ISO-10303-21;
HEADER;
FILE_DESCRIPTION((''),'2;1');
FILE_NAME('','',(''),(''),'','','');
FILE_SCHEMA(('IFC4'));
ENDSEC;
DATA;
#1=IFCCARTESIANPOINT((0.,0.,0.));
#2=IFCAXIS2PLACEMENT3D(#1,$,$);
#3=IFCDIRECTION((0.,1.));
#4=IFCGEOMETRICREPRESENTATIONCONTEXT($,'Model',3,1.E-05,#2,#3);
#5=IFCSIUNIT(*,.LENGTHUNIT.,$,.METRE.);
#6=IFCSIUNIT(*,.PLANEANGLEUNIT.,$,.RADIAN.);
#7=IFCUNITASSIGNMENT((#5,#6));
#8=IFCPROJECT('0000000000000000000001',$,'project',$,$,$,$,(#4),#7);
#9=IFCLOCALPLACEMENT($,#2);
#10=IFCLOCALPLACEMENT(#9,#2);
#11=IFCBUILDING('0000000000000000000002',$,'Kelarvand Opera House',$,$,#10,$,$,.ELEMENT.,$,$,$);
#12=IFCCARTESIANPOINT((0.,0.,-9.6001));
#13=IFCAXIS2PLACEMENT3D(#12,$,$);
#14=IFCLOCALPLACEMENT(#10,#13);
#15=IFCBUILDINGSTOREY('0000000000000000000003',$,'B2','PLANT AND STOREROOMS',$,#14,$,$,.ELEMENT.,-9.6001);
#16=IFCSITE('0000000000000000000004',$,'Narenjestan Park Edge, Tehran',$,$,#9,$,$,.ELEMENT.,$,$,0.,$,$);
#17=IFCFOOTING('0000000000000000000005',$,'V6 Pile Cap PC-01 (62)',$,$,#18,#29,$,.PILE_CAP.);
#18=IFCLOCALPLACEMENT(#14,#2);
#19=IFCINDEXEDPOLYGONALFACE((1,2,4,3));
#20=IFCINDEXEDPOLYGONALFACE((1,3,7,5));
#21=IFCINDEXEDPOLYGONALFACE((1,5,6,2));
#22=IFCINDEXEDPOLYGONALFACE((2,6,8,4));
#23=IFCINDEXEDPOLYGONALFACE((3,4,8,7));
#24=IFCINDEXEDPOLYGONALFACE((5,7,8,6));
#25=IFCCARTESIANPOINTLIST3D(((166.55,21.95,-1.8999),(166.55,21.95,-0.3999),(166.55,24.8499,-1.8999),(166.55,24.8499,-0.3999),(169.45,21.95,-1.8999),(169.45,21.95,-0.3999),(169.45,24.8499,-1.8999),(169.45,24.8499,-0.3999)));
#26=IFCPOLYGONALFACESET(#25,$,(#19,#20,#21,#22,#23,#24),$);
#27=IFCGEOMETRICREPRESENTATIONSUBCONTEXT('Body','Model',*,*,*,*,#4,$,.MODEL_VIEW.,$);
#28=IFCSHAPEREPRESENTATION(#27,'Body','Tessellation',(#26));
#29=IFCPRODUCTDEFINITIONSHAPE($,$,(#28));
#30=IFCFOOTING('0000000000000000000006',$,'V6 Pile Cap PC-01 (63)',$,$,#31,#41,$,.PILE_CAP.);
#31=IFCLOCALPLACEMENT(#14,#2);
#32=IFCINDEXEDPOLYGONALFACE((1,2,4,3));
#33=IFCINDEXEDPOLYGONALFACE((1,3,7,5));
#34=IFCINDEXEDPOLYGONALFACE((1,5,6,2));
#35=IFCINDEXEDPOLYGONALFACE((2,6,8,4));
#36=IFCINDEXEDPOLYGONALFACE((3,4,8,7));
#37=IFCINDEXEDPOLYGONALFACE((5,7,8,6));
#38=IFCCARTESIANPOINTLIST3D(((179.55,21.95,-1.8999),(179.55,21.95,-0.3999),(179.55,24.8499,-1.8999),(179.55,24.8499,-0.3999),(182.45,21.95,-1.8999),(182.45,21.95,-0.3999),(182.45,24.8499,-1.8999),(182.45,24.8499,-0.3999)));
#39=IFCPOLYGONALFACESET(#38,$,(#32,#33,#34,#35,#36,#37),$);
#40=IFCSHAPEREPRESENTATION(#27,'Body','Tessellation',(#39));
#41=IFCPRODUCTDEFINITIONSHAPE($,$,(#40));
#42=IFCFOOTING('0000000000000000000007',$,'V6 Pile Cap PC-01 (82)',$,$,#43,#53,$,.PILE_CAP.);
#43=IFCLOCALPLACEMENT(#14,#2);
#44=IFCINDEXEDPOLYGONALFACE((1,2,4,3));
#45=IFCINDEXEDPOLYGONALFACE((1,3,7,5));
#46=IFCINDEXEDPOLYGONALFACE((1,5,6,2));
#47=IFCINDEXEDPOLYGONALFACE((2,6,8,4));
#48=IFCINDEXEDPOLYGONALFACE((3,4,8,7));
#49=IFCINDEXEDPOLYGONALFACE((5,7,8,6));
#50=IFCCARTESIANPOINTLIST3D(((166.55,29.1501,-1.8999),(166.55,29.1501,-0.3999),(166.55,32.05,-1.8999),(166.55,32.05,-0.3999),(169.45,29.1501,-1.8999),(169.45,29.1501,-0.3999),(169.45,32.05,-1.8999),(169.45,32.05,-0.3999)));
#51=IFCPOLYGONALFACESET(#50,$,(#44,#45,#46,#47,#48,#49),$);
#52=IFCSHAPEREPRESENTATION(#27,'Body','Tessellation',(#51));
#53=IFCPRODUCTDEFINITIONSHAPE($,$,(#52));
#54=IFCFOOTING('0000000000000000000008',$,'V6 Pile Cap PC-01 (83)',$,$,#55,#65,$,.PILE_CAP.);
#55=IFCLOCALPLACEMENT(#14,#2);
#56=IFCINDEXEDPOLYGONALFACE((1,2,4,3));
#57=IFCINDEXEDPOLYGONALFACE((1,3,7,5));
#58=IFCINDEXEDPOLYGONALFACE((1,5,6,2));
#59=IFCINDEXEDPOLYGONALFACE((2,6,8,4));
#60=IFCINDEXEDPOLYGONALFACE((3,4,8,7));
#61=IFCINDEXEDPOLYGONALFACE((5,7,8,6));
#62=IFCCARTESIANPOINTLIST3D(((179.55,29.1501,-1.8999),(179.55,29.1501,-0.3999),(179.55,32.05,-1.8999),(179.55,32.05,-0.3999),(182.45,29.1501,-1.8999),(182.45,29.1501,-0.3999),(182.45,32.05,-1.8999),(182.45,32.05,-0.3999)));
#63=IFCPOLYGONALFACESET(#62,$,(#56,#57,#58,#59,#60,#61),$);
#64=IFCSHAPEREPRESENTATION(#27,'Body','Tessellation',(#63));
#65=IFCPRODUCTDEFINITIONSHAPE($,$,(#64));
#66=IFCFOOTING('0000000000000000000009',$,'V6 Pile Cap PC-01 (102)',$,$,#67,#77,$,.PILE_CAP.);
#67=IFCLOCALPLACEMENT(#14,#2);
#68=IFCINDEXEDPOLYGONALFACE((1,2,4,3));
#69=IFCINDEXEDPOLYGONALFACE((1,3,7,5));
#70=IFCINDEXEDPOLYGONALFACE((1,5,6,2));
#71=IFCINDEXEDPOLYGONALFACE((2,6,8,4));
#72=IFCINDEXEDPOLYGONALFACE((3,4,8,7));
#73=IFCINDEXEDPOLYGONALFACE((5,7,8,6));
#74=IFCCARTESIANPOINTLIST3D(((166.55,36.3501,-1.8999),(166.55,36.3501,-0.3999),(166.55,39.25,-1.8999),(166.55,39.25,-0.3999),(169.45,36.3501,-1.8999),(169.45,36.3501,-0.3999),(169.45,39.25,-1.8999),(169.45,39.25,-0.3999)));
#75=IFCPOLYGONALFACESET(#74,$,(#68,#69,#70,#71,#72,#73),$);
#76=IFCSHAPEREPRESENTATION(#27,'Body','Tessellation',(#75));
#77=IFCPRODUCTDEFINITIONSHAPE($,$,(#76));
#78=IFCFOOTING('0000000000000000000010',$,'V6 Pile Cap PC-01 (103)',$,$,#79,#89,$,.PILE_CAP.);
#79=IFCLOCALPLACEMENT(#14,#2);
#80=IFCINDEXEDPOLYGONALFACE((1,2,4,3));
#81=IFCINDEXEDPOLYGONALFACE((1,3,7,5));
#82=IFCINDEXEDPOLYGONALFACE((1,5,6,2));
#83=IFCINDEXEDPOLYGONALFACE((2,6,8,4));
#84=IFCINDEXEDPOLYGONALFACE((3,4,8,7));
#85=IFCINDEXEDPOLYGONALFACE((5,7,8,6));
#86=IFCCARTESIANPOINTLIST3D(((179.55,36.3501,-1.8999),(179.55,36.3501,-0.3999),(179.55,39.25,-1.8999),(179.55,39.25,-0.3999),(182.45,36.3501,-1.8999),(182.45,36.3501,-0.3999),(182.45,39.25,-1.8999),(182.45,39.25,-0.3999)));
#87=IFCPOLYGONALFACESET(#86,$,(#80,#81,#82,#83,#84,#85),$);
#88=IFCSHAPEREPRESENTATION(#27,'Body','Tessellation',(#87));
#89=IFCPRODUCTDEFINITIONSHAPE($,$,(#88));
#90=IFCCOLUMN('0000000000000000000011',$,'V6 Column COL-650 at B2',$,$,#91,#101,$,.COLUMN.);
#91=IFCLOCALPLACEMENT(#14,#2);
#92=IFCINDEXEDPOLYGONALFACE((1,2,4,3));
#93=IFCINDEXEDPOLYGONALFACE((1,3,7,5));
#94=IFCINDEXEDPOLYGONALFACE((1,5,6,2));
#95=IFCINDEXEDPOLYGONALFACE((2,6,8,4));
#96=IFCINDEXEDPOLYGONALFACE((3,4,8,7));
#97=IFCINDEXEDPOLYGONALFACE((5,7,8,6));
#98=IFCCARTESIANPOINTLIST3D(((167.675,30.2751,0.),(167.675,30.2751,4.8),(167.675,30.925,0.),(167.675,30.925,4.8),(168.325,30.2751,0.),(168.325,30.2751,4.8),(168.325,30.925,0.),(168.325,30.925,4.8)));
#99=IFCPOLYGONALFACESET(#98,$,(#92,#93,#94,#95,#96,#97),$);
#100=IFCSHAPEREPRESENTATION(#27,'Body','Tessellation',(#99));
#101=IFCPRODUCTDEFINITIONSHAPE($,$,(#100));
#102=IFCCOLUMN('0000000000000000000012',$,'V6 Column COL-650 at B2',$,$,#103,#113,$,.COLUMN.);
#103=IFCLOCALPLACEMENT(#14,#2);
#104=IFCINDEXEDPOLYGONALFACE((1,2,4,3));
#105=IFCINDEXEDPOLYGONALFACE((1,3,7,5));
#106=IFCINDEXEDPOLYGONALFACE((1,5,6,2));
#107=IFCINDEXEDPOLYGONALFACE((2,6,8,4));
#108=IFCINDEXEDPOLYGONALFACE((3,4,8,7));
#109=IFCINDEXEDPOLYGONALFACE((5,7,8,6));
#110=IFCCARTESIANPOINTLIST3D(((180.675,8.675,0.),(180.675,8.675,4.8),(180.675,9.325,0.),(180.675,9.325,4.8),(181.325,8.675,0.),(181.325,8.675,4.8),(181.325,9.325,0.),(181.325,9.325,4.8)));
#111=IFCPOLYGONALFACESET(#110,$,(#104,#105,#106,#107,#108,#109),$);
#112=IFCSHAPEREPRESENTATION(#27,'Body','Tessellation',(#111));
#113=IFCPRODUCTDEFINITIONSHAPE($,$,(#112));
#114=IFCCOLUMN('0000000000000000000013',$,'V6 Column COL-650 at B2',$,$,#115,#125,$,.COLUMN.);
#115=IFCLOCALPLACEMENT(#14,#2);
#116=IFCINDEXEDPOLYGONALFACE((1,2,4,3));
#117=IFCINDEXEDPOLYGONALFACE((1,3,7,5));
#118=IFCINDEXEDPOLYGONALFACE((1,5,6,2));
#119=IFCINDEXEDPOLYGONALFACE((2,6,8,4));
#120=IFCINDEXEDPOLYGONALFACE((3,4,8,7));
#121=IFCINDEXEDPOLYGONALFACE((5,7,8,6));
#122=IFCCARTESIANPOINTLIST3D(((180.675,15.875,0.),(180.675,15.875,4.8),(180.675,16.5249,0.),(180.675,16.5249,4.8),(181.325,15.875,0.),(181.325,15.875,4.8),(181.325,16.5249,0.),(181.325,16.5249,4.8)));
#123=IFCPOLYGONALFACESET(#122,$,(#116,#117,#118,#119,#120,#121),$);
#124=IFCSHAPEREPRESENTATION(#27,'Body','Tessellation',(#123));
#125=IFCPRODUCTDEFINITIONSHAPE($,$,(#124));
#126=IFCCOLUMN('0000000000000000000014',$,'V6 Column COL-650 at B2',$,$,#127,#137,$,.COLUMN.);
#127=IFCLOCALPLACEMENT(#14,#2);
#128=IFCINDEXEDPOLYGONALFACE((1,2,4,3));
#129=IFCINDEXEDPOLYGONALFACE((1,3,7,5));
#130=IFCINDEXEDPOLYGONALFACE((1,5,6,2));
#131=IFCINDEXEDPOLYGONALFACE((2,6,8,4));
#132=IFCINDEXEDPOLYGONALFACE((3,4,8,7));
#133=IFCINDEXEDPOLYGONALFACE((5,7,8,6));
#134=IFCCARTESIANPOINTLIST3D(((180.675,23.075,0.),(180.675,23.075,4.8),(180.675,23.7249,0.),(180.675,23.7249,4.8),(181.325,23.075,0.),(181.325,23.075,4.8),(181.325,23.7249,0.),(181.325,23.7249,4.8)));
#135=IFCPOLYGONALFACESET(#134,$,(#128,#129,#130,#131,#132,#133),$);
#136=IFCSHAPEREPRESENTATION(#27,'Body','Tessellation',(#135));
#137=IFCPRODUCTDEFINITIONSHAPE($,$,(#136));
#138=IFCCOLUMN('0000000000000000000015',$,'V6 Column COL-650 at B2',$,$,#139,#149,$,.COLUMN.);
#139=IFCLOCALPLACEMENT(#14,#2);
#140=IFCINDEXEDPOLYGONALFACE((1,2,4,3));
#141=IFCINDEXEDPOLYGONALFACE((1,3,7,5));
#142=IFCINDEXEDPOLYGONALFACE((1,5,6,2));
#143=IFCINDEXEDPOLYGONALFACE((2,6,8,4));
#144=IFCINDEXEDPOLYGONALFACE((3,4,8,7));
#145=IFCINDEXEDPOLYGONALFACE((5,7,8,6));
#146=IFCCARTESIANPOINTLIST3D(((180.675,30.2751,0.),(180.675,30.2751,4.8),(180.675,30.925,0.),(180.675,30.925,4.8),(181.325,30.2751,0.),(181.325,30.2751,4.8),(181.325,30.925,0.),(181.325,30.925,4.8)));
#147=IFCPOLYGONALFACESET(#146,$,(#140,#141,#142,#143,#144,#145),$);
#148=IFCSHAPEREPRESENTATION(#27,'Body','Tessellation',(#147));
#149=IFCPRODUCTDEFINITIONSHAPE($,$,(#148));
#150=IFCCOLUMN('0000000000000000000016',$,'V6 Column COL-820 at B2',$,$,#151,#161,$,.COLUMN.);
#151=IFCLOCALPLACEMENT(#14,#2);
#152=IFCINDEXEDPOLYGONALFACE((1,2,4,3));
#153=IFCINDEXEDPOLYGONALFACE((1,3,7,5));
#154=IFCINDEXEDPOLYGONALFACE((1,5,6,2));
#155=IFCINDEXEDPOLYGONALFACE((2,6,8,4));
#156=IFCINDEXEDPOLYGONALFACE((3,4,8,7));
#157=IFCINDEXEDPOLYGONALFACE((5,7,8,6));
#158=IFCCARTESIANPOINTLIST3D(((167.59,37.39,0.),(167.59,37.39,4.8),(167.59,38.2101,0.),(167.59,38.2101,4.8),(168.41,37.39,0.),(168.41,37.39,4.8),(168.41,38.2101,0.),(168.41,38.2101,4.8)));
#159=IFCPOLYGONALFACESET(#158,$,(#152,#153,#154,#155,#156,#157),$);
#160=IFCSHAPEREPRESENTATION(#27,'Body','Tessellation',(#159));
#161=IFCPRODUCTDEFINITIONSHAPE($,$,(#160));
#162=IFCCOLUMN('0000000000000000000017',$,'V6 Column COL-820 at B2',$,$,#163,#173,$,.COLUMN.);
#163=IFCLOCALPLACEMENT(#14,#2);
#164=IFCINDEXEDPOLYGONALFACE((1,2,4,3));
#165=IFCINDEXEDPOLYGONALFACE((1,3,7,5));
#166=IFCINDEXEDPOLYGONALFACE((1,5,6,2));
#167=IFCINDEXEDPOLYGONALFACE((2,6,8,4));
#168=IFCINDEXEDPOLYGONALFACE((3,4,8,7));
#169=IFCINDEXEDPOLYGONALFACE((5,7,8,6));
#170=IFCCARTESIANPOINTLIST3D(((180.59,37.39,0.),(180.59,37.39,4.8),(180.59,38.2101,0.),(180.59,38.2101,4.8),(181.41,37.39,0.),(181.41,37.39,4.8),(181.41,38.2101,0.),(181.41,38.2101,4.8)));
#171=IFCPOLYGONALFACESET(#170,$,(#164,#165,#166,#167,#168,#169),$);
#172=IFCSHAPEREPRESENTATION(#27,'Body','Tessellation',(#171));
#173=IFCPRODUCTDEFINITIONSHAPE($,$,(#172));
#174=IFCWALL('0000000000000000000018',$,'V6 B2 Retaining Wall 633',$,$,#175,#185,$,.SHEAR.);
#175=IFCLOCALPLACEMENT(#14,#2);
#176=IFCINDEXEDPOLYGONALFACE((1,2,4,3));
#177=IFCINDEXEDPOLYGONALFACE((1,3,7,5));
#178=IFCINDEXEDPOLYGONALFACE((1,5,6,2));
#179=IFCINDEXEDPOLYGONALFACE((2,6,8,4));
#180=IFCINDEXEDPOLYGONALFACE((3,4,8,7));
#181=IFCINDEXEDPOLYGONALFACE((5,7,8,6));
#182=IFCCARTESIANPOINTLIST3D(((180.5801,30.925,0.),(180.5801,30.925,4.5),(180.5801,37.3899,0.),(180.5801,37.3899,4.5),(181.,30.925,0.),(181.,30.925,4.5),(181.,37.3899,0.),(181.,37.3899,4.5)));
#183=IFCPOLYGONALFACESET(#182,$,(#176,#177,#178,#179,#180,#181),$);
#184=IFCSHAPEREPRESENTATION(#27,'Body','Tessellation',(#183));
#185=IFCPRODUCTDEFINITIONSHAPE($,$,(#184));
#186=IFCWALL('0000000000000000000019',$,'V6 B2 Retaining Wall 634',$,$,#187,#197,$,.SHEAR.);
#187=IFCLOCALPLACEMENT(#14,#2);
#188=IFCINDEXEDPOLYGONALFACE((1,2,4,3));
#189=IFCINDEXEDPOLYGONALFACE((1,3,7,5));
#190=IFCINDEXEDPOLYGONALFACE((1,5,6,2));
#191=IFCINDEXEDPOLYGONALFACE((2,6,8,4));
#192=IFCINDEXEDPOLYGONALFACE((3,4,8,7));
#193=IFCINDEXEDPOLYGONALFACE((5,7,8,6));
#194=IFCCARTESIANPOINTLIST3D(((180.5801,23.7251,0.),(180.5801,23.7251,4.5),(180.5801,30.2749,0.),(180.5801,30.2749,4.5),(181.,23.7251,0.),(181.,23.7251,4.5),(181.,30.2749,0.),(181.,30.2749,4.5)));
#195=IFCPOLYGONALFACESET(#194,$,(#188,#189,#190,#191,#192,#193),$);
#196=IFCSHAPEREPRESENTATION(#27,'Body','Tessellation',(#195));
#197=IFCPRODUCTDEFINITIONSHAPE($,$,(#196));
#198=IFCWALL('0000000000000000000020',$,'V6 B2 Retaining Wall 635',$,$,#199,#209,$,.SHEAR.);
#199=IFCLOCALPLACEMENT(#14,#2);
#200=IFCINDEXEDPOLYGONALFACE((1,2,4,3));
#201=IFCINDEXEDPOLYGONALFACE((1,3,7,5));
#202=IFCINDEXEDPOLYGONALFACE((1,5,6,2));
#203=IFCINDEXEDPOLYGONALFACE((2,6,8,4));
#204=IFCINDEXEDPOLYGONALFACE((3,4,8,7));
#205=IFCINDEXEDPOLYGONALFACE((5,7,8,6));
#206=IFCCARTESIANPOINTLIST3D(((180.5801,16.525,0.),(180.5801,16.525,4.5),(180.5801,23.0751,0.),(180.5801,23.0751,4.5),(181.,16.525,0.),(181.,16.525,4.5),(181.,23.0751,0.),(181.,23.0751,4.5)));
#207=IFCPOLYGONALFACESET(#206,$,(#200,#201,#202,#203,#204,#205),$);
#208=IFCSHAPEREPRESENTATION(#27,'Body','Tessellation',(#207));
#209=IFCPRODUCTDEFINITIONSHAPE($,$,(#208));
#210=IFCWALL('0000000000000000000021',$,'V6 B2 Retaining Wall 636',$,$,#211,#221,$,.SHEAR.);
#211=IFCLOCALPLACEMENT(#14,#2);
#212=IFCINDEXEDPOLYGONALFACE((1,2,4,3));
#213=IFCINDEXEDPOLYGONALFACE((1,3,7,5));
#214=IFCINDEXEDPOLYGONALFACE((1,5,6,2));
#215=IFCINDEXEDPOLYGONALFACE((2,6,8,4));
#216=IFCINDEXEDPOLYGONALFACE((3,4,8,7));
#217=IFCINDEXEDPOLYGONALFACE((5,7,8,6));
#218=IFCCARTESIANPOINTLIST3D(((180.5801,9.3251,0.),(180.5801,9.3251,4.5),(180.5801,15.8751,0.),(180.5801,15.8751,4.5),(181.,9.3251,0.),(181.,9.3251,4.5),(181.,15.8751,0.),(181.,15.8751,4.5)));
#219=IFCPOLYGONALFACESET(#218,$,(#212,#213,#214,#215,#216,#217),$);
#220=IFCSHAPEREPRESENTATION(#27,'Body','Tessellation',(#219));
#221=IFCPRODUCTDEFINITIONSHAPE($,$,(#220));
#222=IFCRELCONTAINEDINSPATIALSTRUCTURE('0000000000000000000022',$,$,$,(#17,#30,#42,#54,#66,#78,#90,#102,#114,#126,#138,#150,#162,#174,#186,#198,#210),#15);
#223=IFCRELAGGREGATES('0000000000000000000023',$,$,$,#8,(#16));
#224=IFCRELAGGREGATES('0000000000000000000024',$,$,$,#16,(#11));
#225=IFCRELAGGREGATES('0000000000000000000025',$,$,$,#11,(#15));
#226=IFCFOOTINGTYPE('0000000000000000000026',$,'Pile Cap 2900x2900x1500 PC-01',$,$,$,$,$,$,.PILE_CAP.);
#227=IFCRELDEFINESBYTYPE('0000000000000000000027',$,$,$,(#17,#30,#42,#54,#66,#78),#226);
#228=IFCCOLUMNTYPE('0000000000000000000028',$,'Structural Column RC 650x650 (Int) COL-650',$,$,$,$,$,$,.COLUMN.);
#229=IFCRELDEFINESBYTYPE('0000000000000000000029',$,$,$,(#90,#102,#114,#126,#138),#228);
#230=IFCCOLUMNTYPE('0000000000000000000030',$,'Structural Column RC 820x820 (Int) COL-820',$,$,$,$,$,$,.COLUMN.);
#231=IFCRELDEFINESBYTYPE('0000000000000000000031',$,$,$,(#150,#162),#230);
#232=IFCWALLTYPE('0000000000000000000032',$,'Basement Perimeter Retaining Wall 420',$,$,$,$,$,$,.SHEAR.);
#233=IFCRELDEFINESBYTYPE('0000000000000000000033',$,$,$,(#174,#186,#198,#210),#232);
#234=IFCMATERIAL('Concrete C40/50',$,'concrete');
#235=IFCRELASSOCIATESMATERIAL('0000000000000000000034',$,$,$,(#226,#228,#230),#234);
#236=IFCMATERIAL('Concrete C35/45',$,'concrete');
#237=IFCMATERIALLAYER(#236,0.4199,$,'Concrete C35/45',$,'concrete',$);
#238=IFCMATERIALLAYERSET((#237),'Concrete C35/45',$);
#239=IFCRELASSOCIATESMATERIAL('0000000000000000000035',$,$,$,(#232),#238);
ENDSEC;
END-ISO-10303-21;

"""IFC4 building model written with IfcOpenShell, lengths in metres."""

from ifc_helpers import new_model, si_unit, direction, frame, frame_2d, origin, origin_2d, place, context, subcontext, project, spatial, rectangle, extrude, material, layer, layer_set, material_profile, profile_set, type_object, element, save


model = new_model("IFC4")

# Units and contexts
model_context = context("Model", 3, precision=1e-05, world=origin(), true_north=direction((0.0, 1.0)))
body_context = subcontext(model_context, "Body", "Model", "MODEL_VIEW")
ifc_project = project(units=[si_unit("LENGTHUNIT", "METRE"), si_unit("PLANEANGLEUNIT", "RADIAN")], contexts=[model_context])

# Site, building, storey
site_placement = place(None, origin())
site = spatial("IfcSite", under=ifc_project, at=site_placement, Name="Narenjestan Park Edge, Tehran", CompositionType="ELEMENT", RefElevation=0.0)
building_placement = place(site_placement, origin())
building = spatial("IfcBuilding", under=site, at=building_placement, Name="Kelarvand Opera House", CompositionType="ELEMENT")
storey_placement = place(building_placement, frame((0.0, 0.0, -9.6001)))
storey = spatial("IfcBuildingStorey", under=building, at=storey_placement, Name="B2", Description="PLANT AND STOREROOMS", CompositionType="ELEMENT", Elevation=-9.6001)

# Shared definitions
ifc_material_1 = material(Name="Concrete C40/50", Category="concrete")

# Footings
footing_type = type_object("IfcFootingType", Name="Pile Cap 2900x2900x1500 PC-01", PredefinedType="PILE_CAP", material=ifc_material_1)
for number, where, z_axis, x_axis, name in (
    (1, (168.0, 23.3999, -1.8999), (0.0, 0.0, 1.0), (1.0, 0.0, 0.0), "V6 Pile Cap PC-01 (62)"),
    (2, (181.0, 23.3999, -1.8999), (0.0, 0.0, 1.0), (1.0, 0.0, 0.0), "V6 Pile Cap PC-01 (63)"),
    (3, (168.0, 30.6001, -1.8999), (0.0, 0.0, 1.0), (1.0, 0.0, 0.0), "V6 Pile Cap PC-01 (82)"),
    (4, (181.0, 30.6001, -1.8999), (0.0, 0.0, 1.0), (1.0, 0.0, 0.0), "V6 Pile Cap PC-01 (83)"),
    (5, (168.0, 37.8, -1.8999), (0.0, 0.0, 1.0), (1.0, 0.0, 0.0), "V6 Pile Cap PC-01 (102)"),
    (6, (181.0, 37.8, -1.8999), (0.0, 0.0, 1.0), (1.0, 0.0, 0.0), "V6 Pile Cap PC-01 (103)"),
):
    element("IfcFooting", number, at=place(storey_placement, frame(where, z_axis=z_axis, x_axis=x_axis)), inside=storey, type_object=footing_type, Name=name, PredefinedType="PILE_CAP", context=body_context, shape_type="SweptSolid", body=[
        extrude(rectangle(XDim=2.8999, YDim=2.8999, at=origin_2d()), origin(), (0.0, 0.0, 1.0), 1.5),
    ])

# Columns
ifc_material_profile_1 = material_profile(ifc_material_1, rectangle(XDim=0.6499, YDim=0.6499, at=origin_2d()), Name="RC 650x650", Category="concrete")
ifc_profile_set_1 = profile_set([ifc_material_profile_1], Name="Concrete C40/50")
column_type_1 = type_object("IfcColumnType", Name="Structural Column RC 650x650 (Int) COL-650", PredefinedType="COLUMN", material=ifc_profile_set_1)
for number, where, z_axis, x_axis, name in (
    (7, (168.0, 30.6001, 0.0), (0.0, 0.0, 1.0), (1.0, 0.0, 0.0), "V6 Column COL-650 at B2"),
    (8, (181.0, 9.0, 0.0), (0.0, 0.0, 1.0), (1.0, 0.0, 0.0), "V6 Column COL-650 at B2"),
    (9, (181.0, 16.2, 0.0), (0.0, 0.0, 1.0), (1.0, 0.0, 0.0), "V6 Column COL-650 at B2"),
    (10, (181.0, 23.3999, 0.0), (0.0, 0.0, 1.0), (1.0, 0.0, 0.0), "V6 Column COL-650 at B2"),
    (11, (181.0, 30.6001, 0.0), (0.0, 0.0, 1.0), (1.0, 0.0, 0.0), "V6 Column COL-650 at B2"),
):
    element("IfcColumn", number, at=place(storey_placement, frame(where, z_axis=z_axis, x_axis=x_axis)), inside=storey, type_object=column_type_1, Name=name, PredefinedType="COLUMN", context=body_context, shape_type="SweptSolid", body=[
        extrude(rectangle(XDim=0.6499, YDim=0.6499, at=origin_2d()), origin(), (0.0, 0.0, 1.0), 4.8),
    ])
ifc_material_profile_2 = material_profile(ifc_material_1, rectangle(XDim=0.8201, YDim=0.8201, at=origin_2d()), Name="RC 820x820", Category="concrete")
ifc_profile_set_2 = profile_set([ifc_material_profile_2], Name="Concrete C40/50")
column_type_2 = type_object("IfcColumnType", Name="Structural Column RC 820x820 (Int) COL-820", PredefinedType="COLUMN", material=ifc_profile_set_2)
for number, where, z_axis, x_axis, name in (
    (12, (168.0, 37.8, 0.0), (0.0, 0.0, 1.0), (1.0, 0.0, 0.0), "V6 Column COL-820 at B2"),
    (13, (181.0, 37.8, 0.0), (0.0, 0.0, 1.0), (1.0, 0.0, 0.0), "V6 Column COL-820 at B2"),
):
    element("IfcColumn", number, at=place(storey_placement, frame(where, z_axis=z_axis, x_axis=x_axis)), inside=storey, type_object=column_type_2, Name=name, PredefinedType="COLUMN", context=body_context, shape_type="SweptSolid", body=[
        extrude(rectangle(XDim=0.8201, YDim=0.8201, at=origin_2d()), origin(), (0.0, 0.0, 1.0), 4.8),
    ])

# Walls
ifc_material_2 = material(Name="Concrete C35/45", Category="concrete")
ifc_layer = layer(ifc_material_2, 0.4199, Name="Concrete C35/45", Category="concrete")
ifc_layer_set = layer_set([ifc_layer], Name="Concrete C35/45")
wall_type = type_object("IfcWallType", Name="Basement Perimeter Retaining Wall 420", PredefinedType="SHEAR", material=ifc_layer_set)
wall_1_placement = place(storey_placement, frame((180.79, 37.3899, 0.0), z_axis=(0.0, 0.0, 1.0), x_axis=(0.0, -1.0, 0.0)))
element("IfcWall", 14, at=wall_1_placement, inside=storey, type_object=wall_type, Name="V6 B2 Retaining Wall 633", PredefinedType="SHEAR", context=body_context, shape_type="SweptSolid", body=[
    extrude(rectangle(XDim=6.4648, YDim=0.4199, at=frame_2d((3.2324, 0.0))), origin(), (0.0, 0.0, 1.0), 4.5),
])
wall_2_placement = place(storey_placement, frame((180.79, 30.2749, 0.0), z_axis=(0.0, 0.0, 1.0), x_axis=(0.0, -1.0, 0.0)))
element("IfcWall", 15, at=wall_2_placement, inside=storey, type_object=wall_type, Name="V6 B2 Retaining Wall 634", PredefinedType="SHEAR", context=body_context, shape_type="SweptSolid", body=[
    extrude(rectangle(XDim=6.5498, YDim=0.4199, at=frame_2d((3.2749, 0.0))), origin(), (0.0, 0.0, 1.0), 4.5),
])
for number, where, z_axis, x_axis, name in (
    (16, (180.79, 23.075, 0.0), (0.0, 0.0, 1.0), (0.0, -1.0, 0.0), "V6 B2 Retaining Wall 635"),
    (17, (180.79, 15.875, 0.0), (0.0, 0.0, 1.0), (0.0, -1.0, 0.0), "V6 B2 Retaining Wall 636"),
):
    element("IfcWall", number, at=place(storey_placement, frame(where, z_axis=z_axis, x_axis=x_axis)), inside=storey, type_object=wall_type, Name=name, PredefinedType="SHEAR", context=body_context, shape_type="SweptSolid", body=[
        extrude(rectangle(XDim=6.55, YDim=0.4199, at=frame_2d((3.2749, 0.0))), origin(), (0.0, 0.0, 1.0), 4.5),
    ])

save(model, "model.ifc")
